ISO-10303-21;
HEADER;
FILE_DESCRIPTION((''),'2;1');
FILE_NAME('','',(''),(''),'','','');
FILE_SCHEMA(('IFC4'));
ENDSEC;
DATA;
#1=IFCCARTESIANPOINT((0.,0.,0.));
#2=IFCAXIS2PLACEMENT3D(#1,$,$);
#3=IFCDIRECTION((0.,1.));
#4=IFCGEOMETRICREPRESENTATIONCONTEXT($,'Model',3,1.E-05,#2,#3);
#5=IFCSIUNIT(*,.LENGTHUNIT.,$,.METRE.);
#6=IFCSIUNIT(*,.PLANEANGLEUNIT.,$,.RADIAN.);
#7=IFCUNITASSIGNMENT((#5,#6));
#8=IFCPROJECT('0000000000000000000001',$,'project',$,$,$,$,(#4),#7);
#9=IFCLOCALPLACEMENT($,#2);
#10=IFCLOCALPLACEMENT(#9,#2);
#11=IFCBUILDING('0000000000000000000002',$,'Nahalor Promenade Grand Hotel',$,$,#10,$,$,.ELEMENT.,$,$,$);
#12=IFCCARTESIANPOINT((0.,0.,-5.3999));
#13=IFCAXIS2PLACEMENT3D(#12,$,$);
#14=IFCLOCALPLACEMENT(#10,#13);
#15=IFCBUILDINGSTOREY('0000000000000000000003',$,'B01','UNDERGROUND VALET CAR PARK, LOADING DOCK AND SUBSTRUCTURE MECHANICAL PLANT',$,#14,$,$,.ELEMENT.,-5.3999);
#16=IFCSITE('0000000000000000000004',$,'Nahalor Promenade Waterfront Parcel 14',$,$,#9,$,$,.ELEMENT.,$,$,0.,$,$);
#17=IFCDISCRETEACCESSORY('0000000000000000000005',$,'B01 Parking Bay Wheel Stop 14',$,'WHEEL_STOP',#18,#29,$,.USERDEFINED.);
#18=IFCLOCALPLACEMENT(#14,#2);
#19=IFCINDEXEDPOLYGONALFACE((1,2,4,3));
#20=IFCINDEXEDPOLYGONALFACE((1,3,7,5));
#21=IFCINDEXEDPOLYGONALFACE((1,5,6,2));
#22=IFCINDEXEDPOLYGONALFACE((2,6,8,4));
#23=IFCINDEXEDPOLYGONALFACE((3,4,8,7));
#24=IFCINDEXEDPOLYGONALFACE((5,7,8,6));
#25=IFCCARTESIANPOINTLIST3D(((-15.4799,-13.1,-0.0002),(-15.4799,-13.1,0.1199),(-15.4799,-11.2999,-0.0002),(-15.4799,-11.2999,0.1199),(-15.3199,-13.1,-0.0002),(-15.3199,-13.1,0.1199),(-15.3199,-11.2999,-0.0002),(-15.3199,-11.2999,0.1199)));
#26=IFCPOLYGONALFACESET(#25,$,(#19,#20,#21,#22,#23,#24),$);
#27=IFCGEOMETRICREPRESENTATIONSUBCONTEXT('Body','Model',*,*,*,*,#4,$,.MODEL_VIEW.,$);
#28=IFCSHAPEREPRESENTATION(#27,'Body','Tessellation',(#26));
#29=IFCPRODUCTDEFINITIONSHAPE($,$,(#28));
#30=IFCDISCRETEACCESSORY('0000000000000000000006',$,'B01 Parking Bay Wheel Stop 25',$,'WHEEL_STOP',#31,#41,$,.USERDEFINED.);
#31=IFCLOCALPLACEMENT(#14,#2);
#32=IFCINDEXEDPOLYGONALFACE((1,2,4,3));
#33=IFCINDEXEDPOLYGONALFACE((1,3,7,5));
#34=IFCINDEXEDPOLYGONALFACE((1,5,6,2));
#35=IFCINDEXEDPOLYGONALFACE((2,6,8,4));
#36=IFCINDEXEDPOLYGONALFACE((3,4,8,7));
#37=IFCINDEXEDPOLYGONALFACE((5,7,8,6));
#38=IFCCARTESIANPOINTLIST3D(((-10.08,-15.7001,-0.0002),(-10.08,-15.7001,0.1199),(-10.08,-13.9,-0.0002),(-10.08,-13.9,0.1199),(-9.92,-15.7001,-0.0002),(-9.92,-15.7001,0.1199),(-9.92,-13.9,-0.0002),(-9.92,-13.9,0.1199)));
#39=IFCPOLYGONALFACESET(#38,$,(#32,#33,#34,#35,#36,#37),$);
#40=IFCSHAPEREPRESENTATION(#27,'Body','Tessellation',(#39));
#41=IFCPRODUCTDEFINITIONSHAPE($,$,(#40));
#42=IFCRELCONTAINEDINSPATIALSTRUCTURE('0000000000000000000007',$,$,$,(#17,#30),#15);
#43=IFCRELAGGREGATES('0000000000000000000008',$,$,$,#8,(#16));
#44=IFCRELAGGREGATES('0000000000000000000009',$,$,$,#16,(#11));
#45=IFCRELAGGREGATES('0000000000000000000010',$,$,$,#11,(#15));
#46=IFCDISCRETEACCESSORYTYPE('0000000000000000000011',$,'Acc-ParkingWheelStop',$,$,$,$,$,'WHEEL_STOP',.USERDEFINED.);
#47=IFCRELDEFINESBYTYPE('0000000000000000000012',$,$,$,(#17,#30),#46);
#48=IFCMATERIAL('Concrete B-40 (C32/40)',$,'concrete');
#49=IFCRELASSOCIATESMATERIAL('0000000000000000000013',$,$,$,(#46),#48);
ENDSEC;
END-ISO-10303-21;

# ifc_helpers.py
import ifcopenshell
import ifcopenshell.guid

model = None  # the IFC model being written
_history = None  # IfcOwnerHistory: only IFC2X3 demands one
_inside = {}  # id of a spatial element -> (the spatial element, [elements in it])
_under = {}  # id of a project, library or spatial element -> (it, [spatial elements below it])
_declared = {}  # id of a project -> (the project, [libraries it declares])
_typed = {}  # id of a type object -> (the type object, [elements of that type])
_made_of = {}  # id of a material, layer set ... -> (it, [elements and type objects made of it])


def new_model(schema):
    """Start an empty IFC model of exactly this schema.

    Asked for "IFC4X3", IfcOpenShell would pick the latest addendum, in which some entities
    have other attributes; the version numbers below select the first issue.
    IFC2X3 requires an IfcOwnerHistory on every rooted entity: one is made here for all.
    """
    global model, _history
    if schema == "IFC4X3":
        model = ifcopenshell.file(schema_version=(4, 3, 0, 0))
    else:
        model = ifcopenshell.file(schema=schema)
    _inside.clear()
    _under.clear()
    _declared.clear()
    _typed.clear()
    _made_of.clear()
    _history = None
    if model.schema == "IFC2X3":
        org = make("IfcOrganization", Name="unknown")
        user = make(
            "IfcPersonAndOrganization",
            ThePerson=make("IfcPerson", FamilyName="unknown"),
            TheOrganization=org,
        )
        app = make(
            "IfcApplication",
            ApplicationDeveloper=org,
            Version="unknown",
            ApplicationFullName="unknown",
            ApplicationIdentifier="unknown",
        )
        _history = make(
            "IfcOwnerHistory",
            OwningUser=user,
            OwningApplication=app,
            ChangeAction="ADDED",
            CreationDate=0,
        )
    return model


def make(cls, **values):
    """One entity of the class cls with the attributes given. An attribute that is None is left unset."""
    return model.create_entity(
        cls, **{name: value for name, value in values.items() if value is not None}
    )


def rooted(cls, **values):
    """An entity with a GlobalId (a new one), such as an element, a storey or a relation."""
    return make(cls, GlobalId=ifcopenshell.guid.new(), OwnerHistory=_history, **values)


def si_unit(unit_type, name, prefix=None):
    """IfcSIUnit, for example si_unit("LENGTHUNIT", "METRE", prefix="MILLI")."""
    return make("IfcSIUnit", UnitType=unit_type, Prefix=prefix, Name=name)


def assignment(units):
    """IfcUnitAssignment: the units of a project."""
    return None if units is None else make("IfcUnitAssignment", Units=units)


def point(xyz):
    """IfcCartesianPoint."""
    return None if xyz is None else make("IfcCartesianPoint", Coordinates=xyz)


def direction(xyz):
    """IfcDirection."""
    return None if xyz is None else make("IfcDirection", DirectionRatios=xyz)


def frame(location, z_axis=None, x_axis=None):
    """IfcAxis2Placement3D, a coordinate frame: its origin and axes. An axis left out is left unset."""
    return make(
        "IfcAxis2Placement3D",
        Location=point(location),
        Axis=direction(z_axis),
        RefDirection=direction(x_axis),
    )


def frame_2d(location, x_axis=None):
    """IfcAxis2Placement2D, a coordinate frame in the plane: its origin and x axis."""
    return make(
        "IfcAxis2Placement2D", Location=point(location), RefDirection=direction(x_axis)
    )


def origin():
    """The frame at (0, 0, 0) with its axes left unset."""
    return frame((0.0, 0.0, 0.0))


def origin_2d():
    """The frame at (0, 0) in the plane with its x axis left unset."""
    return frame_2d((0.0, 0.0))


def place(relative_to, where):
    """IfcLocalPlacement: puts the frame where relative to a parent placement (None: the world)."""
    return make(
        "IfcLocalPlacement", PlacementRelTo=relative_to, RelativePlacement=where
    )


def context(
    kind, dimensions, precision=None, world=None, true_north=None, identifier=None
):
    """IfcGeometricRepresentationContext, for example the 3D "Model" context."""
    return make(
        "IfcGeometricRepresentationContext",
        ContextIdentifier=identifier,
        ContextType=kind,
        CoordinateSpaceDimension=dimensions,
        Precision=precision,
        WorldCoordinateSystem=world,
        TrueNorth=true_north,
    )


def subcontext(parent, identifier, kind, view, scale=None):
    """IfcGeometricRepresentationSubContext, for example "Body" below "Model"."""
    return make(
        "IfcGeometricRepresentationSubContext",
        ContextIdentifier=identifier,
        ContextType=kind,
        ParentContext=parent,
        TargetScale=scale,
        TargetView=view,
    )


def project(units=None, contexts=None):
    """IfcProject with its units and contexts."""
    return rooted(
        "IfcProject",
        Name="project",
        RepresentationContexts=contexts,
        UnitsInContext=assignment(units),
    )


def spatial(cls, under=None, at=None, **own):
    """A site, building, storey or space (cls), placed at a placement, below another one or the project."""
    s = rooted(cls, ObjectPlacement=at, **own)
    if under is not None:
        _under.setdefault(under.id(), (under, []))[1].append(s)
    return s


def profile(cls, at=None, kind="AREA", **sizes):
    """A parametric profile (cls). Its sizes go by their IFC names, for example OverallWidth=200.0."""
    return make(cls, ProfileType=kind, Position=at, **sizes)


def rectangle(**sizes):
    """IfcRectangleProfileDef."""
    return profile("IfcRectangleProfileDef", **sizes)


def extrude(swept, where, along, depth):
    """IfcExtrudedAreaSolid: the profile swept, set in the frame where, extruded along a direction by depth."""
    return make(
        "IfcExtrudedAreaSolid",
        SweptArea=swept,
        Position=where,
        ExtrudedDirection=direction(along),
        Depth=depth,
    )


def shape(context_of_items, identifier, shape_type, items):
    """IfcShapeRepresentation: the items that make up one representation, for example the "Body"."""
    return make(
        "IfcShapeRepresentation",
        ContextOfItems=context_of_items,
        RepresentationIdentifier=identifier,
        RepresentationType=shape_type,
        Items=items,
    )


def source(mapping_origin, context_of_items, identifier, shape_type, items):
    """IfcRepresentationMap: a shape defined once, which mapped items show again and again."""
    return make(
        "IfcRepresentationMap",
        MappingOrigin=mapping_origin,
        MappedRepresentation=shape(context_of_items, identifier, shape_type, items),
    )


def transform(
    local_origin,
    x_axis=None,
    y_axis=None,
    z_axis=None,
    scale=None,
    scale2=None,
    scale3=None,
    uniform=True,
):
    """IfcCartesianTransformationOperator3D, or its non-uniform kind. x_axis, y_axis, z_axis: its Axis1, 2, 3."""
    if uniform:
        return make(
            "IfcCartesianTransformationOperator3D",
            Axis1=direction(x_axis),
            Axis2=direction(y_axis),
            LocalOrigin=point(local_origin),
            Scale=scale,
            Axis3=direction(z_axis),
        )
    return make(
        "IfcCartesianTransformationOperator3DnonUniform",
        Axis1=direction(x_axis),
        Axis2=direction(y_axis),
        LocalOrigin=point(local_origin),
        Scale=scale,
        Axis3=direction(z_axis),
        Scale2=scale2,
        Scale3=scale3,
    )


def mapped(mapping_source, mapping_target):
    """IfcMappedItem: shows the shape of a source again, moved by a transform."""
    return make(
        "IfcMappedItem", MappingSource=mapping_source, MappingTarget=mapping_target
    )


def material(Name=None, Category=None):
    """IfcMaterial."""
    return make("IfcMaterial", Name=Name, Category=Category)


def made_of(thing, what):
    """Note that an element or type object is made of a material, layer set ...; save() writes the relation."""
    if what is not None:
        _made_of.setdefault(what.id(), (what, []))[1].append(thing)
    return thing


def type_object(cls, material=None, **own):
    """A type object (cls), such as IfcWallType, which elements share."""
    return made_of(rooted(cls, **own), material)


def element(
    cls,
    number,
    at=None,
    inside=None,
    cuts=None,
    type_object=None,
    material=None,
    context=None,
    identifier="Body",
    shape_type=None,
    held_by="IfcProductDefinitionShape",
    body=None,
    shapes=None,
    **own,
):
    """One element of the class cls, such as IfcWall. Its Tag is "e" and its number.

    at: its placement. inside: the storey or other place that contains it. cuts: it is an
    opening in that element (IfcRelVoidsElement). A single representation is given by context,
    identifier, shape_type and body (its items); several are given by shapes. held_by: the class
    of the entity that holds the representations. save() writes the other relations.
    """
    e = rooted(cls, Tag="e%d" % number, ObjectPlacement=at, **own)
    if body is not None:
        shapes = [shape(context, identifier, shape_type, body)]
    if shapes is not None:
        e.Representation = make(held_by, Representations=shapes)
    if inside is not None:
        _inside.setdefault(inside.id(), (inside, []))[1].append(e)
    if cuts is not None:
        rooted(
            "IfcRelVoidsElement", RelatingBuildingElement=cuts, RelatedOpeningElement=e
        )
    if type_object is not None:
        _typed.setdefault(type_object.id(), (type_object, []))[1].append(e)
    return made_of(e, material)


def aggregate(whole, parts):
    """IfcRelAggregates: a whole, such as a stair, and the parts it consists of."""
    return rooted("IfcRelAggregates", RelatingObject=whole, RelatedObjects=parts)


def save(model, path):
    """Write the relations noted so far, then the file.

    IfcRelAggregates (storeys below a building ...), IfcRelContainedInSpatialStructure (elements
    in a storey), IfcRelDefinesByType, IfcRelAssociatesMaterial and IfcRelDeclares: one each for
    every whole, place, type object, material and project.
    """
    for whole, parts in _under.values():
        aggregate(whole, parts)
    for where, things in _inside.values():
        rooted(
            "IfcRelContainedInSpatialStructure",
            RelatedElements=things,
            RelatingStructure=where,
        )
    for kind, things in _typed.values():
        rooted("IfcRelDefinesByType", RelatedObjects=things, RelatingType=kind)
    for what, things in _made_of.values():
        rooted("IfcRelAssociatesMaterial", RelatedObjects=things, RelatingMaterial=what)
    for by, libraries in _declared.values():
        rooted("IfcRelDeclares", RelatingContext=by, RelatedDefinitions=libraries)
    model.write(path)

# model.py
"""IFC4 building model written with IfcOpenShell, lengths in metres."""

from ifc_helpers import new_model, si_unit, direction, frame, origin, origin_2d, place, context, subcontext, project, spatial, rectangle, extrude, source, transform, mapped, material, type_object, element, save


model = new_model("IFC4")

# Units and contexts
model_context = context("Model", 3, precision=1e-05, world=origin(), true_north=direction((0.0, 1.0)))
body_context = subcontext(model_context, "Body", "Model", "MODEL_VIEW")
ifc_project = project(units=[si_unit("LENGTHUNIT", "METRE"), si_unit("PLANEANGLEUNIT", "RADIAN")], contexts=[model_context])

# Site, building, storey
site_placement = place(None, origin())
site = spatial("IfcSite", under=ifc_project, at=site_placement, Name="Nahalor Promenade Waterfront Parcel 14", CompositionType="ELEMENT", RefElevation=0.0)
building_placement = place(site_placement, origin())
building = spatial("IfcBuilding", under=site, at=building_placement, Name="Nahalor Promenade Grand Hotel", CompositionType="ELEMENT")
storey_placement = place(building_placement, frame((0.0, 0.0, -5.3999)))
storey = spatial("IfcBuildingStorey", under=building, at=storey_placement, Name="B01", Description="UNDERGROUND VALET CAR PARK, LOADING DOCK AND SUBSTRUCTURE MECHANICAL PLANT", CompositionType="ELEMENT", Elevation=-5.3999)

# Discrete accessories
ifc_material_1 = material(Name="Concrete B-40 (C32/40)", Category="concrete")
discrete_accessory_type = type_object("IfcDiscreteAccessoryType", Name="Acc-ParkingWheelStop", ElementType="WHEEL_STOP", PredefinedType="USERDEFINED", material=ifc_material_1)
shared_shape_1 = source(origin(), body_context, "Body", "SweptSolid", [
    extrude(rectangle(XDim=1.8, YDim=0.1599, at=origin_2d()), origin(), (0.0, 0.0, 1.0), 0.1201),
])
for number, where, z_axis, x_axis, name in (
    (1, (-15.3999, -12.2, -0.0002), (0.0, 0.0, 1.0), (0.0, 1.0, 0.0), "B01 Parking Bay Wheel Stop 14"),
    (2, (-10.0, -14.8, -0.0002), (0.0, 0.0, 1.0), (0.0, 1.0, 0.0), "B01 Parking Bay Wheel Stop 25"),
):
    element("IfcDiscreteAccessory", number, at=place(storey_placement, frame(where, z_axis=z_axis, x_axis=x_axis)), inside=storey, type_object=discrete_accessory_type, Name=name, ObjectType="WHEEL_STOP", PredefinedType="USERDEFINED", context=body_context, shape_type="MappedRepresentation", body=[
        mapped(shared_shape_1, transform((0.0, 0.0, 0.0), scale=1.0)),
    ])

save(model, "model.ifc")
